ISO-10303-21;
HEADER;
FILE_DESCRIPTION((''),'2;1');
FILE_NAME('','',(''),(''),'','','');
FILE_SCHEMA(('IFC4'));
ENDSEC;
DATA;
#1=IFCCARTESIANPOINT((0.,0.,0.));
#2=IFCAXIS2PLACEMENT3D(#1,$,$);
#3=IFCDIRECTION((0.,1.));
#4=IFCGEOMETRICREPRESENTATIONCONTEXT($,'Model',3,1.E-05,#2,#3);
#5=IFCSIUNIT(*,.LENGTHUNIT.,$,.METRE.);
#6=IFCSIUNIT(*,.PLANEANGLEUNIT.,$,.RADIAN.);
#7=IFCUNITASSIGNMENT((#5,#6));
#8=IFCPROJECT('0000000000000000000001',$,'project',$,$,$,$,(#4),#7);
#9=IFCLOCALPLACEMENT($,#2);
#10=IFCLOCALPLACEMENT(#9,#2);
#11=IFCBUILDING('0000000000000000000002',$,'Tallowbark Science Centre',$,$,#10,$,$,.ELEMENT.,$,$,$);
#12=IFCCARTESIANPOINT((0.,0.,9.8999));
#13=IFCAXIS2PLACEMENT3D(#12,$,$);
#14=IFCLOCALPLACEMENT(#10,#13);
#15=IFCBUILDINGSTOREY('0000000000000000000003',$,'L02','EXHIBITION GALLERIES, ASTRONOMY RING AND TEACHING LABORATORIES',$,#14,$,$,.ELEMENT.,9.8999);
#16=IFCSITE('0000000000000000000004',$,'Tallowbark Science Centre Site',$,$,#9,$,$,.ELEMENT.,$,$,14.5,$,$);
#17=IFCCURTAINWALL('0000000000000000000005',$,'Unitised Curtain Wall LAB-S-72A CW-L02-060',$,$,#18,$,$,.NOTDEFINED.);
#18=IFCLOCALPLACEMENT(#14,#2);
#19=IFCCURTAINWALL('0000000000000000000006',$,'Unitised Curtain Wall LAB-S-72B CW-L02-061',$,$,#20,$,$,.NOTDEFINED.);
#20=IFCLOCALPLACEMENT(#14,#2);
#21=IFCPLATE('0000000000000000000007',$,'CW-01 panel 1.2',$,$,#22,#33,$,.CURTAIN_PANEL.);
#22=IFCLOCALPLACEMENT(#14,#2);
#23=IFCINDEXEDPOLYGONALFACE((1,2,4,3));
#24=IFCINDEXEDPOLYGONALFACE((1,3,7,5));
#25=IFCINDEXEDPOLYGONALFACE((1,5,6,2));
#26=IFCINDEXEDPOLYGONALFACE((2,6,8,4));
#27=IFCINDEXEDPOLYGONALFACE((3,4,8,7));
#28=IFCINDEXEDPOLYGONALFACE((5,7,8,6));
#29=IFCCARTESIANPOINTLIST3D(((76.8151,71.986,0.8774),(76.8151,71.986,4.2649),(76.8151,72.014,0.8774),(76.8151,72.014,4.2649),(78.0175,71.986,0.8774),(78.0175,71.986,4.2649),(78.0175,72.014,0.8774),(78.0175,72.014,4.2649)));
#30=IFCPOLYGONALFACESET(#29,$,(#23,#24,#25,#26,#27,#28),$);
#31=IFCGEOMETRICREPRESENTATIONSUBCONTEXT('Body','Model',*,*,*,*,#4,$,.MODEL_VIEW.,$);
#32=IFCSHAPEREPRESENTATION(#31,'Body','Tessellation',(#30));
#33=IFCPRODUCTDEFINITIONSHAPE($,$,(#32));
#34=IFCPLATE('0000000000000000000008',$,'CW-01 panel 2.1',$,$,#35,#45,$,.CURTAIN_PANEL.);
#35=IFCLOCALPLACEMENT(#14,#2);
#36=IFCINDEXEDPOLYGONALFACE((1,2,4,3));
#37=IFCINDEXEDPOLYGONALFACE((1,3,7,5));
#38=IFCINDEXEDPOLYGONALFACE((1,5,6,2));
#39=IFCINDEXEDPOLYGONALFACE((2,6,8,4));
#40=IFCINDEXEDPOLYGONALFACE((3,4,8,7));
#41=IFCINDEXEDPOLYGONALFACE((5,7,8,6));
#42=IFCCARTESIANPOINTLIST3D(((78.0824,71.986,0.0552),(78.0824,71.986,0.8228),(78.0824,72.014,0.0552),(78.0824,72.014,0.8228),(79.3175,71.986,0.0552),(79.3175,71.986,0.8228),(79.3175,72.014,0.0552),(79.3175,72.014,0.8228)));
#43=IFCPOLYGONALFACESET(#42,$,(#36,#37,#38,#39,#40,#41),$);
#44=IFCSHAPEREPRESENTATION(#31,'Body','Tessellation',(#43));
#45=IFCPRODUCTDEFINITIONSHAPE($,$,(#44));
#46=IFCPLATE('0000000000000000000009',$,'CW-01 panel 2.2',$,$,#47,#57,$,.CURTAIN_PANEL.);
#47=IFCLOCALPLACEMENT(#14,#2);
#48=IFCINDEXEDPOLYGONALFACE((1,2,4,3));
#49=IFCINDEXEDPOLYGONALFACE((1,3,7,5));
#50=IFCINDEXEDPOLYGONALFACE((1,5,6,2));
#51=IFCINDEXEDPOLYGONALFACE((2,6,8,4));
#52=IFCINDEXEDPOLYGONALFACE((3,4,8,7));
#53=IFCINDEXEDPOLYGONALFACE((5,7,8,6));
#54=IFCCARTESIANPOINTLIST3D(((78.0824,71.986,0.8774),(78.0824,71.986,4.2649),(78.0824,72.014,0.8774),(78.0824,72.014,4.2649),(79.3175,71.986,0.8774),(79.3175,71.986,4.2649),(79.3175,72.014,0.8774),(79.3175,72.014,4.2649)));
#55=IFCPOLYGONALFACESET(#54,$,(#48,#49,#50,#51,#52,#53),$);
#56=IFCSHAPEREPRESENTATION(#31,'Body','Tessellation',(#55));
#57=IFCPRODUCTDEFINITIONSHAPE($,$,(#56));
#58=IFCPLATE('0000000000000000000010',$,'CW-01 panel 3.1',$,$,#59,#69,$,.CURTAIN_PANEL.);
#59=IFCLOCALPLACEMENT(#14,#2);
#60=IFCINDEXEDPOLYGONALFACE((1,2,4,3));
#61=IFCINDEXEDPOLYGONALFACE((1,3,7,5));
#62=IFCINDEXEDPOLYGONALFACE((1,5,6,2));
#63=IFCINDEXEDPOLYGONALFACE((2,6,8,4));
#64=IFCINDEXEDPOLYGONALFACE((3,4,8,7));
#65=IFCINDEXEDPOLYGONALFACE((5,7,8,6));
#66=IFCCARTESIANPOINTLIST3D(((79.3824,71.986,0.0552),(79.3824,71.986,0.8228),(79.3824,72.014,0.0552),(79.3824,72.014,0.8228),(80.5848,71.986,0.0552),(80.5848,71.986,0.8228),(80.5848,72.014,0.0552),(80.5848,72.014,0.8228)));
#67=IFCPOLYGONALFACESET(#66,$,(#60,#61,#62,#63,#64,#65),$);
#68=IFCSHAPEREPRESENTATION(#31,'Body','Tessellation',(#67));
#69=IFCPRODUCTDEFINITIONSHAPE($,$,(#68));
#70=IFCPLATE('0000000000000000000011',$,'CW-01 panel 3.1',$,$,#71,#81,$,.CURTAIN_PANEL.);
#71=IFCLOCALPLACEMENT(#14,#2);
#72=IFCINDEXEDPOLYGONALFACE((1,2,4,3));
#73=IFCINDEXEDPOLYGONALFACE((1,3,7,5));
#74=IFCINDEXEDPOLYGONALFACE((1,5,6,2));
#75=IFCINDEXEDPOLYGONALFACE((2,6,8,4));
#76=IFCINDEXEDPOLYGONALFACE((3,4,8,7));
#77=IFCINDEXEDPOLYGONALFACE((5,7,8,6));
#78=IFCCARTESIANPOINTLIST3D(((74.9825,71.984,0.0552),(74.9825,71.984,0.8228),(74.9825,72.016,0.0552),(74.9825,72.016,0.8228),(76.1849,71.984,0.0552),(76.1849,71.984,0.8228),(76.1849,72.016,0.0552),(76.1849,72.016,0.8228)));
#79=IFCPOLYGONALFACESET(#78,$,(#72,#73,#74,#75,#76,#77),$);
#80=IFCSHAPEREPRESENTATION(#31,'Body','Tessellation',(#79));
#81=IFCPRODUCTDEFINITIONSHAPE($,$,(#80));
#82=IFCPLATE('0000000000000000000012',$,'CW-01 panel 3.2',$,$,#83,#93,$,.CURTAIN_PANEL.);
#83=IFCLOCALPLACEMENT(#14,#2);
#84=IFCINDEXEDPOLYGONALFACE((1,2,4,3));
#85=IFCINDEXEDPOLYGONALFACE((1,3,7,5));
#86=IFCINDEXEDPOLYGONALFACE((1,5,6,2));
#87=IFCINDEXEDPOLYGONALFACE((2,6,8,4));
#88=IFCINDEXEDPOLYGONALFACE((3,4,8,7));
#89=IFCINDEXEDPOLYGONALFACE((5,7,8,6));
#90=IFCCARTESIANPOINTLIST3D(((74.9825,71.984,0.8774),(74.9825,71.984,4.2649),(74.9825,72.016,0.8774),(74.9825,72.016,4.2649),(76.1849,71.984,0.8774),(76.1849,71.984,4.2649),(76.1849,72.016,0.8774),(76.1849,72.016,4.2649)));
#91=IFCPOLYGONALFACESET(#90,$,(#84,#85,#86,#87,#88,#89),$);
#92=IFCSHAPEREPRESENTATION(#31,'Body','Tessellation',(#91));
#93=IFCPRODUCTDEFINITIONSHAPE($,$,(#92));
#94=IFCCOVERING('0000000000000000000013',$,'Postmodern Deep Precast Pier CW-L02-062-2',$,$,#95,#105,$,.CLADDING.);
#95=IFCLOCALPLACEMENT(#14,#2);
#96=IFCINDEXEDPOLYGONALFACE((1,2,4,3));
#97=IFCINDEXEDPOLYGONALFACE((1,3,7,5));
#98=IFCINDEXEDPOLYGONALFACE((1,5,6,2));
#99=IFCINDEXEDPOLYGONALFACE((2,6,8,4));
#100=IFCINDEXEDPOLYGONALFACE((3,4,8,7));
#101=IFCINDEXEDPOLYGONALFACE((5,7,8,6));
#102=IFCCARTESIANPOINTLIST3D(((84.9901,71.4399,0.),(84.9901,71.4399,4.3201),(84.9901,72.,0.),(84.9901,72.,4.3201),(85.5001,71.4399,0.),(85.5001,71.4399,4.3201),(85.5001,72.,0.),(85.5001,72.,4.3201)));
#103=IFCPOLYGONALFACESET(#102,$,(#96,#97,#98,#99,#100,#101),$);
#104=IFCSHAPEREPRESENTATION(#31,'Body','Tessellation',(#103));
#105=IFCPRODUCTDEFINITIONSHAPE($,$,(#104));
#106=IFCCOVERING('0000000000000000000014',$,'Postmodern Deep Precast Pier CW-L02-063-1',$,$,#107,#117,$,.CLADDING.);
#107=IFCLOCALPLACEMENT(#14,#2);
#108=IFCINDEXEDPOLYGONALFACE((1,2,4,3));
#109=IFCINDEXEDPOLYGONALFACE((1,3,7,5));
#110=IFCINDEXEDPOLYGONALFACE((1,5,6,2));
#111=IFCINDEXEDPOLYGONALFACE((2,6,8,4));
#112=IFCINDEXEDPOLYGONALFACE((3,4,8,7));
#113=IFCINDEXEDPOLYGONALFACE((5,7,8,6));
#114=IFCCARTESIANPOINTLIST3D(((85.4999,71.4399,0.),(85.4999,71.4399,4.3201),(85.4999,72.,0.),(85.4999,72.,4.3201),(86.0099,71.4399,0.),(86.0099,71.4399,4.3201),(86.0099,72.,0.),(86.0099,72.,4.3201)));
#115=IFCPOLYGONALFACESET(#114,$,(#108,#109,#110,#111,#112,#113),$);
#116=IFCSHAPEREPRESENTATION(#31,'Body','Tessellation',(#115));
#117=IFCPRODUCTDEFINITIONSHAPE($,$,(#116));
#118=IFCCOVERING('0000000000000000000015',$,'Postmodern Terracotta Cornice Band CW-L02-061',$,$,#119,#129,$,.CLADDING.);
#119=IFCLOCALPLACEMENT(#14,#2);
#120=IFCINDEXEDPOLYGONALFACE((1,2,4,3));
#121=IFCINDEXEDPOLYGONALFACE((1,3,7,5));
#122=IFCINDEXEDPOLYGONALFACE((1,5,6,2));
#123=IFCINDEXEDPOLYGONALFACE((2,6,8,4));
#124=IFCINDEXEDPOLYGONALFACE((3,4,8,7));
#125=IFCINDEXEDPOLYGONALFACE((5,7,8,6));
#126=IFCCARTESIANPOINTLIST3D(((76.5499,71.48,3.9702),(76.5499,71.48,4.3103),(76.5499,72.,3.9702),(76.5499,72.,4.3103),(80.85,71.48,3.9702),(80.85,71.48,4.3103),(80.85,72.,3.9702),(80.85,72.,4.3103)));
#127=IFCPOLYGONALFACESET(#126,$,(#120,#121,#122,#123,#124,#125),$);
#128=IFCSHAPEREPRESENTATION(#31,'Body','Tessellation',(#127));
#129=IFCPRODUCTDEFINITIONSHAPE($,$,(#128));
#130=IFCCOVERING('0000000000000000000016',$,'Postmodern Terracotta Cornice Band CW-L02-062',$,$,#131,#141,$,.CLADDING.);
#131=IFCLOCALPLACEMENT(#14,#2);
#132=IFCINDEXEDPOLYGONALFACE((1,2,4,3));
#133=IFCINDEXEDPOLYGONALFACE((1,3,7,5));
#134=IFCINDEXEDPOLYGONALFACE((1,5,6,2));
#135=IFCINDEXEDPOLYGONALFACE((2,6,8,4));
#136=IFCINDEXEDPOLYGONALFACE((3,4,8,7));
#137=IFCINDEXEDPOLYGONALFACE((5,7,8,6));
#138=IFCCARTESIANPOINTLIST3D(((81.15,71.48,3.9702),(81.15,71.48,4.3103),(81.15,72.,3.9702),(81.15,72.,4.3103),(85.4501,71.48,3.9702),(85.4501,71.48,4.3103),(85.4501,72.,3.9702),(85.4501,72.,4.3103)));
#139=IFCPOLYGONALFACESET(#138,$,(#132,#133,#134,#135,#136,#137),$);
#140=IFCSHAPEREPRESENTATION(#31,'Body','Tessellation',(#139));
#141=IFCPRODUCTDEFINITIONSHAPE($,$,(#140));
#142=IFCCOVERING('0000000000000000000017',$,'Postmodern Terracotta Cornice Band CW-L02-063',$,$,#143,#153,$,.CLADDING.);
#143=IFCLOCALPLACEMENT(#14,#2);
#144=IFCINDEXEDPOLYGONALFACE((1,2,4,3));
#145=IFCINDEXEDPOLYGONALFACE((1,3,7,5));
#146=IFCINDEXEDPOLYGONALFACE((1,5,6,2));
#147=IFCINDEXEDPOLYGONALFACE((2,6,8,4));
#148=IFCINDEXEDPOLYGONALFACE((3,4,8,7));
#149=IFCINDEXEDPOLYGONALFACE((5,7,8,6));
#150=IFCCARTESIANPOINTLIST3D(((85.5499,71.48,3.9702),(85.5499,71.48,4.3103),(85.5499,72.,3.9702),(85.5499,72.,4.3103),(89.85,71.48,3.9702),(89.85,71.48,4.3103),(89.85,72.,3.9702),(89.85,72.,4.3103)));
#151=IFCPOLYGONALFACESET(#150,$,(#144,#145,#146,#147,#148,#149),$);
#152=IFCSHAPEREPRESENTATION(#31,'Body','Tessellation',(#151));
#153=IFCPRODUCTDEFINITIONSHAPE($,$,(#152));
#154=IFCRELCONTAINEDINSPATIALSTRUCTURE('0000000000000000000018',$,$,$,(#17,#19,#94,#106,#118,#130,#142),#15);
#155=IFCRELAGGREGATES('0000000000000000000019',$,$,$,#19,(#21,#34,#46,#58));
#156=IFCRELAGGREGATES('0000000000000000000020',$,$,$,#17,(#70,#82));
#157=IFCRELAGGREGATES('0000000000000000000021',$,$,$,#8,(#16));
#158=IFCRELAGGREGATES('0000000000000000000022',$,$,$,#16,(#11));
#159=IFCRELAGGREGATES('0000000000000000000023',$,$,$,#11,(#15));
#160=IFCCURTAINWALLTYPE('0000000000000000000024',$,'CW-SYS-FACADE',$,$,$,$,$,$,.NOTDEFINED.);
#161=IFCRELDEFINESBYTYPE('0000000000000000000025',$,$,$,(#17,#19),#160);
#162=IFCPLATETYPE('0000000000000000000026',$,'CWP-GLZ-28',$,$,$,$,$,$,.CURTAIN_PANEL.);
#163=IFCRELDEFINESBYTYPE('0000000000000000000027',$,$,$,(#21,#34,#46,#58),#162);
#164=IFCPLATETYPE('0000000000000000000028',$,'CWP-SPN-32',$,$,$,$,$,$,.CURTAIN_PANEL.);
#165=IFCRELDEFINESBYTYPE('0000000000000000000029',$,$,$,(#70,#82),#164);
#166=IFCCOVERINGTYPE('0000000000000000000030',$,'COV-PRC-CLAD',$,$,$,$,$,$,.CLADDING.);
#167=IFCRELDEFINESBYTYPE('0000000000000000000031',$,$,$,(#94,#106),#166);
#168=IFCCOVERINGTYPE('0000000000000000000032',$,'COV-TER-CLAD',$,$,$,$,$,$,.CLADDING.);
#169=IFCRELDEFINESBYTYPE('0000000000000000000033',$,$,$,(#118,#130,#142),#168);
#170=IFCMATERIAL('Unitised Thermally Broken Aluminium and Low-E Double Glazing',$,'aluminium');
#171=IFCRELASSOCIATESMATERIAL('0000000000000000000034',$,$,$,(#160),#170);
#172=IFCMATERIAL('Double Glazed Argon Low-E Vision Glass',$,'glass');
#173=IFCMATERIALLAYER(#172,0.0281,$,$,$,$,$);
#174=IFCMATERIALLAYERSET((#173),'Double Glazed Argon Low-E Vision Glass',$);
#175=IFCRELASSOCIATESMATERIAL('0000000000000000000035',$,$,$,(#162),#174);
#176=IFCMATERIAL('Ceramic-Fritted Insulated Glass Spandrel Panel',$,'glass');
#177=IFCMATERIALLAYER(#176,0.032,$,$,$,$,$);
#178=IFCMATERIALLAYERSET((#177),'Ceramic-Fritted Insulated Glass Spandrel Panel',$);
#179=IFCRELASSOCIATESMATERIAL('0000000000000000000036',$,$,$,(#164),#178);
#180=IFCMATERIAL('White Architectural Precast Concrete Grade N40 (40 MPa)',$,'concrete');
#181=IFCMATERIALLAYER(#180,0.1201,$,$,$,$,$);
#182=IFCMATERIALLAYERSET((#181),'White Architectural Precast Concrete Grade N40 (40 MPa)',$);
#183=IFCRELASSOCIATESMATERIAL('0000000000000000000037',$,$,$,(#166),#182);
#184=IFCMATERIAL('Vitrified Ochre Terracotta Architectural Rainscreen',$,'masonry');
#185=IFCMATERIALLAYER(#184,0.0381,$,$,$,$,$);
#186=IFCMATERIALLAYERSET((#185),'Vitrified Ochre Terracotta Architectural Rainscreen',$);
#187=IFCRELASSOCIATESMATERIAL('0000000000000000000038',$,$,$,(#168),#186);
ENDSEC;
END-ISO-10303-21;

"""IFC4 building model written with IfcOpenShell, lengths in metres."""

from ifc_helpers import new_model, si_unit, direction, frame, origin, origin_2d, place, context, subcontext, project, spatial, rectangle, extrude, material, layer, layer_set, type_object, element, aggregate, save


model = new_model("IFC4")

# Units and contexts
model_context = context("Model", 3, precision=1e-05, world=origin(), true_north=direction((0.0, 1.0)))
body_context = subcontext(model_context, "Body", "Model", "MODEL_VIEW")
ifc_project = project(units=[si_unit("LENGTHUNIT", "METRE"), si_unit("PLANEANGLEUNIT", "RADIAN")], contexts=[model_context])

# Site, building, storey
site_placement = place(None, origin())
site = spatial("IfcSite", under=ifc_project, at=site_placement, Name="Tallowbark Science Centre Site", CompositionType="ELEMENT", RefElevation=14.5)
building_placement = place(site_placement, origin())
building = spatial("IfcBuilding", under=site, at=building_placement, Name="Tallowbark Science Centre", CompositionType="ELEMENT")
storey_placement = place(building_placement, frame((0.0, 0.0, 9.8999)))
storey = spatial("IfcBuildingStorey", under=building, at=storey_placement, Name="L02", Description="EXHIBITION GALLERIES, ASTRONOMY RING AND TEACHING LABORATORIES", CompositionType="ELEMENT", Elevation=9.8999)

# Curtain wall
ifc_material_1 = material(Name="Unitised Thermally Broken Aluminium and Low-E Double Glazing", Category="aluminium")
curtain_wall_type = type_object("IfcCurtainWallType", Name="CW-SYS-FACADE", PredefinedType="NOTDEFINED", material=ifc_material_1)
curtain_wall_1_placement = place(storey_placement, origin())
curtain_wall_1 = element("IfcCurtainWall", 1, at=curtain_wall_1_placement, inside=storey, type_object=curtain_wall_type, Name="Unitised Curtain Wall LAB-S-72A CW-L02-060", PredefinedType="NOTDEFINED")

# Curtain wall, plates
curtain_wall_2_placement = place(storey_placement, origin())
curtain_wall_2 = element("IfcCurtainWall", 2, at=curtain_wall_2_placement, inside=storey, type_object=curtain_wall_type, Name="Unitised Curtain Wall LAB-S-72B CW-L02-061", PredefinedType="NOTDEFINED")
ifc_material_2 = material(Name="Double Glazed Argon Low-E Vision Glass", Category="glass")
ifc_layer_1 = layer(ifc_material_2, 0.0281)
ifc_layer_set_1 = layer_set([ifc_layer_1], Name="Double Glazed Argon Low-E Vision Glass")
plate_type_1 = type_object("IfcPlateType", Name="CWP-GLZ-28", PredefinedType="CURTAIN_PANEL", material=ifc_layer_set_1)
plate_1_placement = place(storey_placement, frame((77.4163, 72.0, 0.8774), z_axis=(0.0, 0.0, 1.0), x_axis=(1.0, 0.0, 0.0)))
plate_1 = element("IfcPlate", 3, at=plate_1_placement, type_object=plate_type_1, Name="CW-01 panel 1.2", PredefinedType="CURTAIN_PANEL", context=body_context, shape_type="SweptSolid", body=[
    extrude(rectangle(XDim=1.2024, YDim=0.0281, at=origin_2d()), origin(), (0.0, 0.0, 1.0), 3.3875),
])
plate_2_placement = place(storey_placement, frame((78.7, 72.0, 0.0552), z_axis=(0.0, 0.0, 1.0), x_axis=(1.0, 0.0, 0.0)))
plate_2 = element("IfcPlate", 4, at=plate_2_placement, type_object=plate_type_1, Name="CW-01 panel 2.1", PredefinedType="CURTAIN_PANEL", context=body_context, shape_type="SweptSolid", body=[
    extrude(rectangle(XDim=1.2351, YDim=0.0281, at=origin_2d()), origin(), (0.0, 0.0, 1.0), 0.7676),
])
plate_3_placement = place(storey_placement, frame((78.7, 72.0, 0.8774), z_axis=(0.0, 0.0, 1.0), x_axis=(1.0, 0.0, 0.0)))
plate_3 = element("IfcPlate", 5, at=plate_3_placement, type_object=plate_type_1, Name="CW-01 panel 2.2", PredefinedType="CURTAIN_PANEL", context=body_context, shape_type="SweptSolid", body=[
    extrude(rectangle(XDim=1.2351, YDim=0.0281, at=origin_2d()), origin(), (0.0, 0.0, 1.0), 3.3875),
])
plate_4_placement = place(storey_placement, frame((79.9836, 72.0, 0.0552), z_axis=(0.0, 0.0, 1.0), x_axis=(1.0, 0.0, 0.0)))
plate_4 = element("IfcPlate", 6, at=plate_4_placement, type_object=plate_type_1, Name="CW-01 panel 3.1", PredefinedType="CURTAIN_PANEL", context=body_context, shape_type="SweptSolid", body=[
    extrude(rectangle(XDim=1.2024, YDim=0.0281, at=origin_2d()), origin(), (0.0, 0.0, 1.0), 0.7676),
])
aggregate(curtain_wall_2, [plate_1, plate_2, plate_3, plate_4])

# Plates
ifc_material_3 = material(Name="Ceramic-Fritted Insulated Glass Spandrel Panel", Category="glass")
ifc_layer_2 = layer(ifc_material_3, 0.032)
ifc_layer_set_2 = layer_set([ifc_layer_2], Name="Ceramic-Fritted Insulated Glass Spandrel Panel")
plate_type_2 = type_object("IfcPlateType", Name="CWP-SPN-32", PredefinedType="CURTAIN_PANEL", material=ifc_layer_set_2)
plate_5_placement = place(storey_placement, frame((75.5837, 72.0, 0.0552), z_axis=(0.0, 0.0, 1.0), x_axis=(1.0, 0.0, 0.0)))
plate_5 = element("IfcPlate", 7, at=plate_5_placement, type_object=plate_type_2, Name="CW-01 panel 3.1", PredefinedType="CURTAIN_PANEL", context=body_context, shape_type="SweptSolid", body=[
    extrude(rectangle(XDim=1.2024, YDim=0.032, at=origin_2d()), origin(), (0.0, 0.0, 1.0), 0.7676),
])
plate_6_placement = place(storey_placement, frame((75.5837, 72.0, 0.8774), z_axis=(0.0, 0.0, 1.0), x_axis=(1.0, 0.0, 0.0)))
plate_6 = element("IfcPlate", 8, at=plate_6_placement, type_object=plate_type_2, Name="CW-01 panel 3.2", PredefinedType="CURTAIN_PANEL", context=body_context, shape_type="SweptSolid", body=[
    extrude(rectangle(XDim=1.2024, YDim=0.032, at=origin_2d()), origin(), (0.0, 0.0, 1.0), 3.3875),
])
aggregate(curtain_wall_1, [plate_5, plate_6])

# Coverings
ifc_material_4 = material(Name="White Architectural Precast Concrete Grade N40 (40 MPa)", Category="concrete")
ifc_layer_3 = layer(ifc_material_4, 0.1201)
ifc_layer_set_3 = layer_set([ifc_layer_3], Name="White Architectural Precast Concrete Grade N40 (40 MPa)")
covering_type_1 = type_object("IfcCoveringType", Name="COV-PRC-CLAD", PredefinedType="CLADDING", material=ifc_layer_set_3)
for number, where, z_axis, x_axis, name in (
    (9, (85.2451, 71.72, 0.0), (0.0, 0.0, 1.0), (1.0, 0.0, 0.0), "Postmodern Deep Precast Pier CW-L02-062-2"),
    (10, (85.7549, 71.72, 0.0), (0.0, 0.0, 1.0), (1.0, 0.0, 0.0), "Postmodern Deep Precast Pier CW-L02-063-1"),
):
    element("IfcCovering", number, at=place(storey_placement, frame(where, z_axis=z_axis, x_axis=x_axis)), inside=storey, type_object=covering_type_1, Name=name, PredefinedType="CLADDING", context=body_context, shape_type="SweptSolid", body=[
        extrude(rectangle(XDim=0.51, YDim=0.5601, at=origin_2d()), origin(), (0.0, 0.0, 1.0), 4.3201),
    ])
ifc_material_5 = material(Name="Vitrified Ochre Terracotta Architectural Rainscreen", Category="masonry")
ifc_layer_4 = layer(ifc_material_5, 0.0381)
ifc_layer_set_4 = layer_set([ifc_layer_4], Name="Vitrified Ochre Terracotta Architectural Rainscreen")
covering_type_2 = type_object("IfcCoveringType", Name="COV-TER-CLAD", PredefinedType="CLADDING", material=ifc_layer_set_4)
for number, where, z_axis, x_axis, name in (
    (11, (78.7, 71.74, 3.9702), (0.0, 0.0, 1.0), (1.0, 0.0, 0.0), "Postmodern Terracotta Cornice Band CW-L02-061"),
    (12, (83.3, 71.74, 3.9702), (0.0, 0.0, 1.0), (1.0, 0.0, 0.0), "Postmodern Terracotta Cornice Band CW-L02-062"),
    (13, (87.7, 71.74, 3.9702), (0.0, 0.0, 1.0), (1.0, 0.0, 0.0), "Postmodern Terracotta Cornice Band CW-L02-063"),
):
    element("IfcCovering", number, at=place(storey_placement, frame(where, z_axis=z_axis, x_axis=x_axis)), inside=storey, type_object=covering_type_2, Name=name, PredefinedType="CLADDING", context=body_context, shape_type="SweptSolid", body=[
        extrude(rectangle(XDim=4.3, YDim=0.52, at=origin_2d()), origin(), (0.0, 0.0, 1.0), 0.3401),
    ])

save(model, "model.ifc")
